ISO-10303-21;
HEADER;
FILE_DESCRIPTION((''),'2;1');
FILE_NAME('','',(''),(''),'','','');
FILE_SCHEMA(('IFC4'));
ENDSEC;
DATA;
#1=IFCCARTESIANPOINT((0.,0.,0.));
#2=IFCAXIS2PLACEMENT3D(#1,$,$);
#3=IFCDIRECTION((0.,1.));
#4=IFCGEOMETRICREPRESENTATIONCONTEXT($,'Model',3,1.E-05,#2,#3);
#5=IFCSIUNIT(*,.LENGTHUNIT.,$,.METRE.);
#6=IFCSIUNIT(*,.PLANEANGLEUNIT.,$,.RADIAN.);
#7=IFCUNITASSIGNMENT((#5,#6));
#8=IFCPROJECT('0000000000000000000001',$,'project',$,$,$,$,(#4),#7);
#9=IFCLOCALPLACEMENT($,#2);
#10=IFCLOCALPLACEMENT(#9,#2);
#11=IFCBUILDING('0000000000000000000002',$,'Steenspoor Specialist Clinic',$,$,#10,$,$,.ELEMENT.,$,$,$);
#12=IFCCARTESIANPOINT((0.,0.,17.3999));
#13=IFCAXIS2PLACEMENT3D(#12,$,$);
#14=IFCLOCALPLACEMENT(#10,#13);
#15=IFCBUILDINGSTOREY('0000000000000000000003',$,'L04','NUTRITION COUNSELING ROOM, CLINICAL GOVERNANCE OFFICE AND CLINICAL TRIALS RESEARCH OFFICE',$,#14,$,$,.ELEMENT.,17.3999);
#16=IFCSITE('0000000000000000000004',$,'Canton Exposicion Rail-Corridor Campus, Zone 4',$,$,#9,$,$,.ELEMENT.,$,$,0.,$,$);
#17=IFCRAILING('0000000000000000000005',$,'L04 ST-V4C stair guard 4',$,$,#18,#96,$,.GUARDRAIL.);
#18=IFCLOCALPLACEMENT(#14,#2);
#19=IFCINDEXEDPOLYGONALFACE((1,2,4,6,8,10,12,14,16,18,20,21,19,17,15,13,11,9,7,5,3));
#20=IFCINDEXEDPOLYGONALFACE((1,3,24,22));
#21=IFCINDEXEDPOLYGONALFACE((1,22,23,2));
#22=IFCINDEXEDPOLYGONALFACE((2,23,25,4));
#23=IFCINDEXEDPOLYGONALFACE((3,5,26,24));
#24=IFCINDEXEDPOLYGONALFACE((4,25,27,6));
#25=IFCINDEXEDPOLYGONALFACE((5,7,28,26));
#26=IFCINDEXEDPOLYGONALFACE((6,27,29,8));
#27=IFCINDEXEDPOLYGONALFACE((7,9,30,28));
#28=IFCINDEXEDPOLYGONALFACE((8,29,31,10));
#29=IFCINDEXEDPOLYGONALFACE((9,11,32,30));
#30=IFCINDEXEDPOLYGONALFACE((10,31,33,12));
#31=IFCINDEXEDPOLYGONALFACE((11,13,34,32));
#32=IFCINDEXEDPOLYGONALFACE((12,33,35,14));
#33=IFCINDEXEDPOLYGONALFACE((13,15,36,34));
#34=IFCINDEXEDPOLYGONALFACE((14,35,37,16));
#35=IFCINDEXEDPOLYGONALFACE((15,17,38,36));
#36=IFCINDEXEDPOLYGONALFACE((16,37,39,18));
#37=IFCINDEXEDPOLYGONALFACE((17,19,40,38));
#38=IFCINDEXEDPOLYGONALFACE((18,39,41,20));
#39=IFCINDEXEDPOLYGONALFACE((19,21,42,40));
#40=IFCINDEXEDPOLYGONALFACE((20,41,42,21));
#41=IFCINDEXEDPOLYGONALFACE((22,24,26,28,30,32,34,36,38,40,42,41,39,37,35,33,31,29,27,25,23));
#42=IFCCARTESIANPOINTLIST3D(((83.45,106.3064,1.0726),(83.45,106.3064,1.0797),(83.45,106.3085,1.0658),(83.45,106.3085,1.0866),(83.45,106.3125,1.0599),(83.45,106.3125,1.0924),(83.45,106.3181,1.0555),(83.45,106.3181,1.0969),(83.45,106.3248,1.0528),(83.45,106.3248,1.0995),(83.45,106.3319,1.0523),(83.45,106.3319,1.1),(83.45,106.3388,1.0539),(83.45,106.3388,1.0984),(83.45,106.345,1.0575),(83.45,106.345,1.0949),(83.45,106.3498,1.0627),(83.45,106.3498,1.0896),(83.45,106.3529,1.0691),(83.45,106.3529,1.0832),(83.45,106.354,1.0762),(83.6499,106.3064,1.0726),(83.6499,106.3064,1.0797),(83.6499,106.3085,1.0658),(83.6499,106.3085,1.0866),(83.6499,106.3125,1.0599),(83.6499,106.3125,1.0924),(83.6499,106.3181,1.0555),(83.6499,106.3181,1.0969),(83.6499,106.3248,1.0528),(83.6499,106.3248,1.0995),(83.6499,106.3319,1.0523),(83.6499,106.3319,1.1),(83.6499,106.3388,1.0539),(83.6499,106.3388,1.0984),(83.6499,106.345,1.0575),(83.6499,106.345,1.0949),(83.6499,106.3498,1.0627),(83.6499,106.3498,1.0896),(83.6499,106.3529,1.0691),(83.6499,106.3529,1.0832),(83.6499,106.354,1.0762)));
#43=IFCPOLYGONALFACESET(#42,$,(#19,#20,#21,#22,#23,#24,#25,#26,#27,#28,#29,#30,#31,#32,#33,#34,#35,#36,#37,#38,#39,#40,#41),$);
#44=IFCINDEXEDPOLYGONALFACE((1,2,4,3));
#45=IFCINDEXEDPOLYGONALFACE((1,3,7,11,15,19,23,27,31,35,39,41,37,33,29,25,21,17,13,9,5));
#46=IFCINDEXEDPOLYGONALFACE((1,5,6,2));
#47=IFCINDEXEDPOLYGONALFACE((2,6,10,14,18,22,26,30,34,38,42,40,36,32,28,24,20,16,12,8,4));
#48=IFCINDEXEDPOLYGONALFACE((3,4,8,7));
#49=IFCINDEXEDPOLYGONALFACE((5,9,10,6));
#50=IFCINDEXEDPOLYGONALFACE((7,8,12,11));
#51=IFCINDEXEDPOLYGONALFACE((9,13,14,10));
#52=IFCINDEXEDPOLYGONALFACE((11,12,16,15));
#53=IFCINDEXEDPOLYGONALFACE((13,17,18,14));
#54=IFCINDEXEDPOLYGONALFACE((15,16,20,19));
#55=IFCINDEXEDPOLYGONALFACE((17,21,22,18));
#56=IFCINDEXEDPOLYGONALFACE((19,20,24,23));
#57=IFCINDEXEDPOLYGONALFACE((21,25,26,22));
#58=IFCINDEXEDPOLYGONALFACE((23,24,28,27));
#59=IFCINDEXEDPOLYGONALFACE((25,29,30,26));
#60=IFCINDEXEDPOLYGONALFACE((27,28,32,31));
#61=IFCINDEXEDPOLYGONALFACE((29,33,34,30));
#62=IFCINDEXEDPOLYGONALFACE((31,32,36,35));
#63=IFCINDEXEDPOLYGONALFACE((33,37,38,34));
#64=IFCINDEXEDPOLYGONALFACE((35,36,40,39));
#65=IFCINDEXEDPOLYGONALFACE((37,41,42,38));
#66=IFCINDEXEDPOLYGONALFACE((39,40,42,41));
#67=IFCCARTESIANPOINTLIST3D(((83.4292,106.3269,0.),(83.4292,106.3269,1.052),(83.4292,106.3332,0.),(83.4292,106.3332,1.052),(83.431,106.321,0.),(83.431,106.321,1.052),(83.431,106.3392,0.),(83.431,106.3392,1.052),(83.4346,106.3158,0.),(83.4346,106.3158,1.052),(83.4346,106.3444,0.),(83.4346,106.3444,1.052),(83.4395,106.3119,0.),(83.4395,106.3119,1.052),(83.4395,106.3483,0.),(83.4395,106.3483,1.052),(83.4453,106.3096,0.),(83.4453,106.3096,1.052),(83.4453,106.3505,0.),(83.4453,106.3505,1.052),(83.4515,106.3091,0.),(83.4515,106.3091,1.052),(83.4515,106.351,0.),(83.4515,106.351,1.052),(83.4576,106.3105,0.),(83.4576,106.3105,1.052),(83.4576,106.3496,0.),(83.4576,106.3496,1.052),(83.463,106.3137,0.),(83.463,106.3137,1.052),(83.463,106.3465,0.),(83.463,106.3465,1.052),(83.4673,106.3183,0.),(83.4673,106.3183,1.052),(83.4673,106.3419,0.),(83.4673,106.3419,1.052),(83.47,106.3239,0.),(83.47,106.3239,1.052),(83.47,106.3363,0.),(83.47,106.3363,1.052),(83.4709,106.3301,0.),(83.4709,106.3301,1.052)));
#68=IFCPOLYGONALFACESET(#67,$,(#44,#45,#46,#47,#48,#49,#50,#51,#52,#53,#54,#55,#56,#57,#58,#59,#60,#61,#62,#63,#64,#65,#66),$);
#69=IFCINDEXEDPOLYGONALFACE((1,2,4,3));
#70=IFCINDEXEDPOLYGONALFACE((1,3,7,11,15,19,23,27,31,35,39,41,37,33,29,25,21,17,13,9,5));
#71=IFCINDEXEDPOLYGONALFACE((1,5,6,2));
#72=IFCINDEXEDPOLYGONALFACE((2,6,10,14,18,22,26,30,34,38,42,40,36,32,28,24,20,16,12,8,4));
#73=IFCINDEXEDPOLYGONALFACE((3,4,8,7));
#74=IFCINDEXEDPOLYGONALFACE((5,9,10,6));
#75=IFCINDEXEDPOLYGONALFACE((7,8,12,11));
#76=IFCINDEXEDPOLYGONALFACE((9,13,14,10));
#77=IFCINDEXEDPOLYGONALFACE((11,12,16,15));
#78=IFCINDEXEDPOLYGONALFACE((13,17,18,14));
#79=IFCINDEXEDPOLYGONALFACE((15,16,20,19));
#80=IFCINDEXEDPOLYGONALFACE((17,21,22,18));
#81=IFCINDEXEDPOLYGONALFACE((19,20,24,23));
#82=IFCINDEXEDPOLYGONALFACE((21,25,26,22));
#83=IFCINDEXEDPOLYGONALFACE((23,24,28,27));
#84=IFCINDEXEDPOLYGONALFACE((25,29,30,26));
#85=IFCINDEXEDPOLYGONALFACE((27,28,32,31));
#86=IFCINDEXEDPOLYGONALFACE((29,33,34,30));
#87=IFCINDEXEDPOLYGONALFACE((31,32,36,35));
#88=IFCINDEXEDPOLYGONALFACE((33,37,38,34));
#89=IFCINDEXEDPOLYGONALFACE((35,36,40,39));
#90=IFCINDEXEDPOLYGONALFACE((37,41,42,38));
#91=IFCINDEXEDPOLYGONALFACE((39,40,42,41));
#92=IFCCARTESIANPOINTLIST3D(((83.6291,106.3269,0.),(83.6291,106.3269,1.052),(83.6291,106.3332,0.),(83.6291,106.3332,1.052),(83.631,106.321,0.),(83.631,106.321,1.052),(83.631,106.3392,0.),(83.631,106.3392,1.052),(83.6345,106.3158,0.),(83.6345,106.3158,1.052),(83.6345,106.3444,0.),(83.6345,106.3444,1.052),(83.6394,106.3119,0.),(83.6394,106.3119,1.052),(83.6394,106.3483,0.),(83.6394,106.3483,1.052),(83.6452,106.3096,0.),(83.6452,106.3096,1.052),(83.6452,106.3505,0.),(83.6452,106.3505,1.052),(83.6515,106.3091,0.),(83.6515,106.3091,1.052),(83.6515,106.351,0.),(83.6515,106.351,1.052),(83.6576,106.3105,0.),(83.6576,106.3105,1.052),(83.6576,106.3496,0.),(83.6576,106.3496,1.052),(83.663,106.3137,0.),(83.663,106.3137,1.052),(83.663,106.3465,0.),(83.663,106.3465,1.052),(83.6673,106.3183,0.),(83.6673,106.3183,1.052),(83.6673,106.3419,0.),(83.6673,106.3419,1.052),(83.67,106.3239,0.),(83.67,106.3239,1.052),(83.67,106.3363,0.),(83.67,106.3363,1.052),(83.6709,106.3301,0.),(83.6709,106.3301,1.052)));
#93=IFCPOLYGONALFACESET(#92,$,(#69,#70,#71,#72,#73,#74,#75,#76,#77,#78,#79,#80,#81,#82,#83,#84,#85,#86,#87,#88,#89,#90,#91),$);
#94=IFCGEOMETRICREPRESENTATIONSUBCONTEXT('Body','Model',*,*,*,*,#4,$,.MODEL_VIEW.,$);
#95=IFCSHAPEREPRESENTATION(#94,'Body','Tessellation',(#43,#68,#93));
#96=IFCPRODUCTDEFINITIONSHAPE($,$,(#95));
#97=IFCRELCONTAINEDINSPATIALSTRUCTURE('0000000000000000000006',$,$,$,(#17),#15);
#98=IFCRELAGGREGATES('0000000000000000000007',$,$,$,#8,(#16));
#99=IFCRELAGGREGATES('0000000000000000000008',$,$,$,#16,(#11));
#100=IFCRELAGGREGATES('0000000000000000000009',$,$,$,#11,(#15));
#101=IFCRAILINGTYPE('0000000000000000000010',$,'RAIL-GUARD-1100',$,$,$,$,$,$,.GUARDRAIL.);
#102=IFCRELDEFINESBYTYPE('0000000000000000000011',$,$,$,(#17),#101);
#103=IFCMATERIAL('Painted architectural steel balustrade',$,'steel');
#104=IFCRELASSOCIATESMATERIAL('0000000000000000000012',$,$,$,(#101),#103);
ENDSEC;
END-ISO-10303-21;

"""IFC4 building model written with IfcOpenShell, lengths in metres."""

from ifc_helpers import new_model, si_unit, direction, frame, origin, origin_2d, place, context, subcontext, project, spatial, circle, extrude, material, type_object, element, save


model = new_model("IFC4")

# Units and contexts
model_context = context("Model", 3, precision=1e-05, world=origin(), true_north=direction((0.0, 1.0)))
body_context = subcontext(model_context, "Body", "Model", "MODEL_VIEW")
ifc_project = project(units=[si_unit("LENGTHUNIT", "METRE"), si_unit("PLANEANGLEUNIT", "RADIAN")], contexts=[model_context])

# Site, building, storey
site_placement = place(None, origin())
site = spatial("IfcSite", under=ifc_project, at=site_placement, Name="Canton Exposicion Rail-Corridor Campus, Zone 4", CompositionType="ELEMENT", RefElevation=0.0)
building_placement = place(site_placement, origin())
building = spatial("IfcBuilding", under=site, at=building_placement, Name="Steenspoor Specialist Clinic", CompositionType="ELEMENT")
storey_placement = place(building_placement, frame((0.0, 0.0, 17.3999)))
storey = spatial("IfcBuildingStorey", under=building, at=storey_placement, Name="L04", Description="NUTRITION COUNSELING ROOM, CLINICAL GOVERNANCE OFFICE AND CLINICAL TRIALS RESEARCH OFFICE", CompositionType="ELEMENT", Elevation=17.3999)

# Railing
ifc_material_1 = material(Name="Painted architectural steel balustrade", Category="steel")
railing_type_1 = type_object("IfcRailingType", Name="RAIL-GUARD-1100", PredefinedType="GUARDRAIL", material=ifc_material_1)
railing_1_placement = place(storey_placement, frame((83.45, 106.3301, 0.0)))
element("IfcRailing", 1, at=railing_1_placement, inside=storey, type_object=railing_type_1, Name="L04 ST-V4C stair guard 4", PredefinedType="GUARDRAIL", context=body_context, shape_type="SweptSolid", body=[
    extrude(circle(Radius=0.0239, at=origin_2d()), frame((0.0, 0.0, 1.0762), z_axis=(1.0, 0.0, 0.0), x_axis=(0.0, 1.0, 0.0)), (0.0, 0.0, 1.0), 0.2),
    extrude(circle(Radius=0.021, at=origin_2d()), origin(), (0.0, 0.0, 1.0), 1.052),
    extrude(circle(Radius=0.021, at=origin_2d()), frame((0.2, 0.0, 0.0)), (0.0, 0.0, 1.0), 1.052),
])

save(model, "model.ifc")
